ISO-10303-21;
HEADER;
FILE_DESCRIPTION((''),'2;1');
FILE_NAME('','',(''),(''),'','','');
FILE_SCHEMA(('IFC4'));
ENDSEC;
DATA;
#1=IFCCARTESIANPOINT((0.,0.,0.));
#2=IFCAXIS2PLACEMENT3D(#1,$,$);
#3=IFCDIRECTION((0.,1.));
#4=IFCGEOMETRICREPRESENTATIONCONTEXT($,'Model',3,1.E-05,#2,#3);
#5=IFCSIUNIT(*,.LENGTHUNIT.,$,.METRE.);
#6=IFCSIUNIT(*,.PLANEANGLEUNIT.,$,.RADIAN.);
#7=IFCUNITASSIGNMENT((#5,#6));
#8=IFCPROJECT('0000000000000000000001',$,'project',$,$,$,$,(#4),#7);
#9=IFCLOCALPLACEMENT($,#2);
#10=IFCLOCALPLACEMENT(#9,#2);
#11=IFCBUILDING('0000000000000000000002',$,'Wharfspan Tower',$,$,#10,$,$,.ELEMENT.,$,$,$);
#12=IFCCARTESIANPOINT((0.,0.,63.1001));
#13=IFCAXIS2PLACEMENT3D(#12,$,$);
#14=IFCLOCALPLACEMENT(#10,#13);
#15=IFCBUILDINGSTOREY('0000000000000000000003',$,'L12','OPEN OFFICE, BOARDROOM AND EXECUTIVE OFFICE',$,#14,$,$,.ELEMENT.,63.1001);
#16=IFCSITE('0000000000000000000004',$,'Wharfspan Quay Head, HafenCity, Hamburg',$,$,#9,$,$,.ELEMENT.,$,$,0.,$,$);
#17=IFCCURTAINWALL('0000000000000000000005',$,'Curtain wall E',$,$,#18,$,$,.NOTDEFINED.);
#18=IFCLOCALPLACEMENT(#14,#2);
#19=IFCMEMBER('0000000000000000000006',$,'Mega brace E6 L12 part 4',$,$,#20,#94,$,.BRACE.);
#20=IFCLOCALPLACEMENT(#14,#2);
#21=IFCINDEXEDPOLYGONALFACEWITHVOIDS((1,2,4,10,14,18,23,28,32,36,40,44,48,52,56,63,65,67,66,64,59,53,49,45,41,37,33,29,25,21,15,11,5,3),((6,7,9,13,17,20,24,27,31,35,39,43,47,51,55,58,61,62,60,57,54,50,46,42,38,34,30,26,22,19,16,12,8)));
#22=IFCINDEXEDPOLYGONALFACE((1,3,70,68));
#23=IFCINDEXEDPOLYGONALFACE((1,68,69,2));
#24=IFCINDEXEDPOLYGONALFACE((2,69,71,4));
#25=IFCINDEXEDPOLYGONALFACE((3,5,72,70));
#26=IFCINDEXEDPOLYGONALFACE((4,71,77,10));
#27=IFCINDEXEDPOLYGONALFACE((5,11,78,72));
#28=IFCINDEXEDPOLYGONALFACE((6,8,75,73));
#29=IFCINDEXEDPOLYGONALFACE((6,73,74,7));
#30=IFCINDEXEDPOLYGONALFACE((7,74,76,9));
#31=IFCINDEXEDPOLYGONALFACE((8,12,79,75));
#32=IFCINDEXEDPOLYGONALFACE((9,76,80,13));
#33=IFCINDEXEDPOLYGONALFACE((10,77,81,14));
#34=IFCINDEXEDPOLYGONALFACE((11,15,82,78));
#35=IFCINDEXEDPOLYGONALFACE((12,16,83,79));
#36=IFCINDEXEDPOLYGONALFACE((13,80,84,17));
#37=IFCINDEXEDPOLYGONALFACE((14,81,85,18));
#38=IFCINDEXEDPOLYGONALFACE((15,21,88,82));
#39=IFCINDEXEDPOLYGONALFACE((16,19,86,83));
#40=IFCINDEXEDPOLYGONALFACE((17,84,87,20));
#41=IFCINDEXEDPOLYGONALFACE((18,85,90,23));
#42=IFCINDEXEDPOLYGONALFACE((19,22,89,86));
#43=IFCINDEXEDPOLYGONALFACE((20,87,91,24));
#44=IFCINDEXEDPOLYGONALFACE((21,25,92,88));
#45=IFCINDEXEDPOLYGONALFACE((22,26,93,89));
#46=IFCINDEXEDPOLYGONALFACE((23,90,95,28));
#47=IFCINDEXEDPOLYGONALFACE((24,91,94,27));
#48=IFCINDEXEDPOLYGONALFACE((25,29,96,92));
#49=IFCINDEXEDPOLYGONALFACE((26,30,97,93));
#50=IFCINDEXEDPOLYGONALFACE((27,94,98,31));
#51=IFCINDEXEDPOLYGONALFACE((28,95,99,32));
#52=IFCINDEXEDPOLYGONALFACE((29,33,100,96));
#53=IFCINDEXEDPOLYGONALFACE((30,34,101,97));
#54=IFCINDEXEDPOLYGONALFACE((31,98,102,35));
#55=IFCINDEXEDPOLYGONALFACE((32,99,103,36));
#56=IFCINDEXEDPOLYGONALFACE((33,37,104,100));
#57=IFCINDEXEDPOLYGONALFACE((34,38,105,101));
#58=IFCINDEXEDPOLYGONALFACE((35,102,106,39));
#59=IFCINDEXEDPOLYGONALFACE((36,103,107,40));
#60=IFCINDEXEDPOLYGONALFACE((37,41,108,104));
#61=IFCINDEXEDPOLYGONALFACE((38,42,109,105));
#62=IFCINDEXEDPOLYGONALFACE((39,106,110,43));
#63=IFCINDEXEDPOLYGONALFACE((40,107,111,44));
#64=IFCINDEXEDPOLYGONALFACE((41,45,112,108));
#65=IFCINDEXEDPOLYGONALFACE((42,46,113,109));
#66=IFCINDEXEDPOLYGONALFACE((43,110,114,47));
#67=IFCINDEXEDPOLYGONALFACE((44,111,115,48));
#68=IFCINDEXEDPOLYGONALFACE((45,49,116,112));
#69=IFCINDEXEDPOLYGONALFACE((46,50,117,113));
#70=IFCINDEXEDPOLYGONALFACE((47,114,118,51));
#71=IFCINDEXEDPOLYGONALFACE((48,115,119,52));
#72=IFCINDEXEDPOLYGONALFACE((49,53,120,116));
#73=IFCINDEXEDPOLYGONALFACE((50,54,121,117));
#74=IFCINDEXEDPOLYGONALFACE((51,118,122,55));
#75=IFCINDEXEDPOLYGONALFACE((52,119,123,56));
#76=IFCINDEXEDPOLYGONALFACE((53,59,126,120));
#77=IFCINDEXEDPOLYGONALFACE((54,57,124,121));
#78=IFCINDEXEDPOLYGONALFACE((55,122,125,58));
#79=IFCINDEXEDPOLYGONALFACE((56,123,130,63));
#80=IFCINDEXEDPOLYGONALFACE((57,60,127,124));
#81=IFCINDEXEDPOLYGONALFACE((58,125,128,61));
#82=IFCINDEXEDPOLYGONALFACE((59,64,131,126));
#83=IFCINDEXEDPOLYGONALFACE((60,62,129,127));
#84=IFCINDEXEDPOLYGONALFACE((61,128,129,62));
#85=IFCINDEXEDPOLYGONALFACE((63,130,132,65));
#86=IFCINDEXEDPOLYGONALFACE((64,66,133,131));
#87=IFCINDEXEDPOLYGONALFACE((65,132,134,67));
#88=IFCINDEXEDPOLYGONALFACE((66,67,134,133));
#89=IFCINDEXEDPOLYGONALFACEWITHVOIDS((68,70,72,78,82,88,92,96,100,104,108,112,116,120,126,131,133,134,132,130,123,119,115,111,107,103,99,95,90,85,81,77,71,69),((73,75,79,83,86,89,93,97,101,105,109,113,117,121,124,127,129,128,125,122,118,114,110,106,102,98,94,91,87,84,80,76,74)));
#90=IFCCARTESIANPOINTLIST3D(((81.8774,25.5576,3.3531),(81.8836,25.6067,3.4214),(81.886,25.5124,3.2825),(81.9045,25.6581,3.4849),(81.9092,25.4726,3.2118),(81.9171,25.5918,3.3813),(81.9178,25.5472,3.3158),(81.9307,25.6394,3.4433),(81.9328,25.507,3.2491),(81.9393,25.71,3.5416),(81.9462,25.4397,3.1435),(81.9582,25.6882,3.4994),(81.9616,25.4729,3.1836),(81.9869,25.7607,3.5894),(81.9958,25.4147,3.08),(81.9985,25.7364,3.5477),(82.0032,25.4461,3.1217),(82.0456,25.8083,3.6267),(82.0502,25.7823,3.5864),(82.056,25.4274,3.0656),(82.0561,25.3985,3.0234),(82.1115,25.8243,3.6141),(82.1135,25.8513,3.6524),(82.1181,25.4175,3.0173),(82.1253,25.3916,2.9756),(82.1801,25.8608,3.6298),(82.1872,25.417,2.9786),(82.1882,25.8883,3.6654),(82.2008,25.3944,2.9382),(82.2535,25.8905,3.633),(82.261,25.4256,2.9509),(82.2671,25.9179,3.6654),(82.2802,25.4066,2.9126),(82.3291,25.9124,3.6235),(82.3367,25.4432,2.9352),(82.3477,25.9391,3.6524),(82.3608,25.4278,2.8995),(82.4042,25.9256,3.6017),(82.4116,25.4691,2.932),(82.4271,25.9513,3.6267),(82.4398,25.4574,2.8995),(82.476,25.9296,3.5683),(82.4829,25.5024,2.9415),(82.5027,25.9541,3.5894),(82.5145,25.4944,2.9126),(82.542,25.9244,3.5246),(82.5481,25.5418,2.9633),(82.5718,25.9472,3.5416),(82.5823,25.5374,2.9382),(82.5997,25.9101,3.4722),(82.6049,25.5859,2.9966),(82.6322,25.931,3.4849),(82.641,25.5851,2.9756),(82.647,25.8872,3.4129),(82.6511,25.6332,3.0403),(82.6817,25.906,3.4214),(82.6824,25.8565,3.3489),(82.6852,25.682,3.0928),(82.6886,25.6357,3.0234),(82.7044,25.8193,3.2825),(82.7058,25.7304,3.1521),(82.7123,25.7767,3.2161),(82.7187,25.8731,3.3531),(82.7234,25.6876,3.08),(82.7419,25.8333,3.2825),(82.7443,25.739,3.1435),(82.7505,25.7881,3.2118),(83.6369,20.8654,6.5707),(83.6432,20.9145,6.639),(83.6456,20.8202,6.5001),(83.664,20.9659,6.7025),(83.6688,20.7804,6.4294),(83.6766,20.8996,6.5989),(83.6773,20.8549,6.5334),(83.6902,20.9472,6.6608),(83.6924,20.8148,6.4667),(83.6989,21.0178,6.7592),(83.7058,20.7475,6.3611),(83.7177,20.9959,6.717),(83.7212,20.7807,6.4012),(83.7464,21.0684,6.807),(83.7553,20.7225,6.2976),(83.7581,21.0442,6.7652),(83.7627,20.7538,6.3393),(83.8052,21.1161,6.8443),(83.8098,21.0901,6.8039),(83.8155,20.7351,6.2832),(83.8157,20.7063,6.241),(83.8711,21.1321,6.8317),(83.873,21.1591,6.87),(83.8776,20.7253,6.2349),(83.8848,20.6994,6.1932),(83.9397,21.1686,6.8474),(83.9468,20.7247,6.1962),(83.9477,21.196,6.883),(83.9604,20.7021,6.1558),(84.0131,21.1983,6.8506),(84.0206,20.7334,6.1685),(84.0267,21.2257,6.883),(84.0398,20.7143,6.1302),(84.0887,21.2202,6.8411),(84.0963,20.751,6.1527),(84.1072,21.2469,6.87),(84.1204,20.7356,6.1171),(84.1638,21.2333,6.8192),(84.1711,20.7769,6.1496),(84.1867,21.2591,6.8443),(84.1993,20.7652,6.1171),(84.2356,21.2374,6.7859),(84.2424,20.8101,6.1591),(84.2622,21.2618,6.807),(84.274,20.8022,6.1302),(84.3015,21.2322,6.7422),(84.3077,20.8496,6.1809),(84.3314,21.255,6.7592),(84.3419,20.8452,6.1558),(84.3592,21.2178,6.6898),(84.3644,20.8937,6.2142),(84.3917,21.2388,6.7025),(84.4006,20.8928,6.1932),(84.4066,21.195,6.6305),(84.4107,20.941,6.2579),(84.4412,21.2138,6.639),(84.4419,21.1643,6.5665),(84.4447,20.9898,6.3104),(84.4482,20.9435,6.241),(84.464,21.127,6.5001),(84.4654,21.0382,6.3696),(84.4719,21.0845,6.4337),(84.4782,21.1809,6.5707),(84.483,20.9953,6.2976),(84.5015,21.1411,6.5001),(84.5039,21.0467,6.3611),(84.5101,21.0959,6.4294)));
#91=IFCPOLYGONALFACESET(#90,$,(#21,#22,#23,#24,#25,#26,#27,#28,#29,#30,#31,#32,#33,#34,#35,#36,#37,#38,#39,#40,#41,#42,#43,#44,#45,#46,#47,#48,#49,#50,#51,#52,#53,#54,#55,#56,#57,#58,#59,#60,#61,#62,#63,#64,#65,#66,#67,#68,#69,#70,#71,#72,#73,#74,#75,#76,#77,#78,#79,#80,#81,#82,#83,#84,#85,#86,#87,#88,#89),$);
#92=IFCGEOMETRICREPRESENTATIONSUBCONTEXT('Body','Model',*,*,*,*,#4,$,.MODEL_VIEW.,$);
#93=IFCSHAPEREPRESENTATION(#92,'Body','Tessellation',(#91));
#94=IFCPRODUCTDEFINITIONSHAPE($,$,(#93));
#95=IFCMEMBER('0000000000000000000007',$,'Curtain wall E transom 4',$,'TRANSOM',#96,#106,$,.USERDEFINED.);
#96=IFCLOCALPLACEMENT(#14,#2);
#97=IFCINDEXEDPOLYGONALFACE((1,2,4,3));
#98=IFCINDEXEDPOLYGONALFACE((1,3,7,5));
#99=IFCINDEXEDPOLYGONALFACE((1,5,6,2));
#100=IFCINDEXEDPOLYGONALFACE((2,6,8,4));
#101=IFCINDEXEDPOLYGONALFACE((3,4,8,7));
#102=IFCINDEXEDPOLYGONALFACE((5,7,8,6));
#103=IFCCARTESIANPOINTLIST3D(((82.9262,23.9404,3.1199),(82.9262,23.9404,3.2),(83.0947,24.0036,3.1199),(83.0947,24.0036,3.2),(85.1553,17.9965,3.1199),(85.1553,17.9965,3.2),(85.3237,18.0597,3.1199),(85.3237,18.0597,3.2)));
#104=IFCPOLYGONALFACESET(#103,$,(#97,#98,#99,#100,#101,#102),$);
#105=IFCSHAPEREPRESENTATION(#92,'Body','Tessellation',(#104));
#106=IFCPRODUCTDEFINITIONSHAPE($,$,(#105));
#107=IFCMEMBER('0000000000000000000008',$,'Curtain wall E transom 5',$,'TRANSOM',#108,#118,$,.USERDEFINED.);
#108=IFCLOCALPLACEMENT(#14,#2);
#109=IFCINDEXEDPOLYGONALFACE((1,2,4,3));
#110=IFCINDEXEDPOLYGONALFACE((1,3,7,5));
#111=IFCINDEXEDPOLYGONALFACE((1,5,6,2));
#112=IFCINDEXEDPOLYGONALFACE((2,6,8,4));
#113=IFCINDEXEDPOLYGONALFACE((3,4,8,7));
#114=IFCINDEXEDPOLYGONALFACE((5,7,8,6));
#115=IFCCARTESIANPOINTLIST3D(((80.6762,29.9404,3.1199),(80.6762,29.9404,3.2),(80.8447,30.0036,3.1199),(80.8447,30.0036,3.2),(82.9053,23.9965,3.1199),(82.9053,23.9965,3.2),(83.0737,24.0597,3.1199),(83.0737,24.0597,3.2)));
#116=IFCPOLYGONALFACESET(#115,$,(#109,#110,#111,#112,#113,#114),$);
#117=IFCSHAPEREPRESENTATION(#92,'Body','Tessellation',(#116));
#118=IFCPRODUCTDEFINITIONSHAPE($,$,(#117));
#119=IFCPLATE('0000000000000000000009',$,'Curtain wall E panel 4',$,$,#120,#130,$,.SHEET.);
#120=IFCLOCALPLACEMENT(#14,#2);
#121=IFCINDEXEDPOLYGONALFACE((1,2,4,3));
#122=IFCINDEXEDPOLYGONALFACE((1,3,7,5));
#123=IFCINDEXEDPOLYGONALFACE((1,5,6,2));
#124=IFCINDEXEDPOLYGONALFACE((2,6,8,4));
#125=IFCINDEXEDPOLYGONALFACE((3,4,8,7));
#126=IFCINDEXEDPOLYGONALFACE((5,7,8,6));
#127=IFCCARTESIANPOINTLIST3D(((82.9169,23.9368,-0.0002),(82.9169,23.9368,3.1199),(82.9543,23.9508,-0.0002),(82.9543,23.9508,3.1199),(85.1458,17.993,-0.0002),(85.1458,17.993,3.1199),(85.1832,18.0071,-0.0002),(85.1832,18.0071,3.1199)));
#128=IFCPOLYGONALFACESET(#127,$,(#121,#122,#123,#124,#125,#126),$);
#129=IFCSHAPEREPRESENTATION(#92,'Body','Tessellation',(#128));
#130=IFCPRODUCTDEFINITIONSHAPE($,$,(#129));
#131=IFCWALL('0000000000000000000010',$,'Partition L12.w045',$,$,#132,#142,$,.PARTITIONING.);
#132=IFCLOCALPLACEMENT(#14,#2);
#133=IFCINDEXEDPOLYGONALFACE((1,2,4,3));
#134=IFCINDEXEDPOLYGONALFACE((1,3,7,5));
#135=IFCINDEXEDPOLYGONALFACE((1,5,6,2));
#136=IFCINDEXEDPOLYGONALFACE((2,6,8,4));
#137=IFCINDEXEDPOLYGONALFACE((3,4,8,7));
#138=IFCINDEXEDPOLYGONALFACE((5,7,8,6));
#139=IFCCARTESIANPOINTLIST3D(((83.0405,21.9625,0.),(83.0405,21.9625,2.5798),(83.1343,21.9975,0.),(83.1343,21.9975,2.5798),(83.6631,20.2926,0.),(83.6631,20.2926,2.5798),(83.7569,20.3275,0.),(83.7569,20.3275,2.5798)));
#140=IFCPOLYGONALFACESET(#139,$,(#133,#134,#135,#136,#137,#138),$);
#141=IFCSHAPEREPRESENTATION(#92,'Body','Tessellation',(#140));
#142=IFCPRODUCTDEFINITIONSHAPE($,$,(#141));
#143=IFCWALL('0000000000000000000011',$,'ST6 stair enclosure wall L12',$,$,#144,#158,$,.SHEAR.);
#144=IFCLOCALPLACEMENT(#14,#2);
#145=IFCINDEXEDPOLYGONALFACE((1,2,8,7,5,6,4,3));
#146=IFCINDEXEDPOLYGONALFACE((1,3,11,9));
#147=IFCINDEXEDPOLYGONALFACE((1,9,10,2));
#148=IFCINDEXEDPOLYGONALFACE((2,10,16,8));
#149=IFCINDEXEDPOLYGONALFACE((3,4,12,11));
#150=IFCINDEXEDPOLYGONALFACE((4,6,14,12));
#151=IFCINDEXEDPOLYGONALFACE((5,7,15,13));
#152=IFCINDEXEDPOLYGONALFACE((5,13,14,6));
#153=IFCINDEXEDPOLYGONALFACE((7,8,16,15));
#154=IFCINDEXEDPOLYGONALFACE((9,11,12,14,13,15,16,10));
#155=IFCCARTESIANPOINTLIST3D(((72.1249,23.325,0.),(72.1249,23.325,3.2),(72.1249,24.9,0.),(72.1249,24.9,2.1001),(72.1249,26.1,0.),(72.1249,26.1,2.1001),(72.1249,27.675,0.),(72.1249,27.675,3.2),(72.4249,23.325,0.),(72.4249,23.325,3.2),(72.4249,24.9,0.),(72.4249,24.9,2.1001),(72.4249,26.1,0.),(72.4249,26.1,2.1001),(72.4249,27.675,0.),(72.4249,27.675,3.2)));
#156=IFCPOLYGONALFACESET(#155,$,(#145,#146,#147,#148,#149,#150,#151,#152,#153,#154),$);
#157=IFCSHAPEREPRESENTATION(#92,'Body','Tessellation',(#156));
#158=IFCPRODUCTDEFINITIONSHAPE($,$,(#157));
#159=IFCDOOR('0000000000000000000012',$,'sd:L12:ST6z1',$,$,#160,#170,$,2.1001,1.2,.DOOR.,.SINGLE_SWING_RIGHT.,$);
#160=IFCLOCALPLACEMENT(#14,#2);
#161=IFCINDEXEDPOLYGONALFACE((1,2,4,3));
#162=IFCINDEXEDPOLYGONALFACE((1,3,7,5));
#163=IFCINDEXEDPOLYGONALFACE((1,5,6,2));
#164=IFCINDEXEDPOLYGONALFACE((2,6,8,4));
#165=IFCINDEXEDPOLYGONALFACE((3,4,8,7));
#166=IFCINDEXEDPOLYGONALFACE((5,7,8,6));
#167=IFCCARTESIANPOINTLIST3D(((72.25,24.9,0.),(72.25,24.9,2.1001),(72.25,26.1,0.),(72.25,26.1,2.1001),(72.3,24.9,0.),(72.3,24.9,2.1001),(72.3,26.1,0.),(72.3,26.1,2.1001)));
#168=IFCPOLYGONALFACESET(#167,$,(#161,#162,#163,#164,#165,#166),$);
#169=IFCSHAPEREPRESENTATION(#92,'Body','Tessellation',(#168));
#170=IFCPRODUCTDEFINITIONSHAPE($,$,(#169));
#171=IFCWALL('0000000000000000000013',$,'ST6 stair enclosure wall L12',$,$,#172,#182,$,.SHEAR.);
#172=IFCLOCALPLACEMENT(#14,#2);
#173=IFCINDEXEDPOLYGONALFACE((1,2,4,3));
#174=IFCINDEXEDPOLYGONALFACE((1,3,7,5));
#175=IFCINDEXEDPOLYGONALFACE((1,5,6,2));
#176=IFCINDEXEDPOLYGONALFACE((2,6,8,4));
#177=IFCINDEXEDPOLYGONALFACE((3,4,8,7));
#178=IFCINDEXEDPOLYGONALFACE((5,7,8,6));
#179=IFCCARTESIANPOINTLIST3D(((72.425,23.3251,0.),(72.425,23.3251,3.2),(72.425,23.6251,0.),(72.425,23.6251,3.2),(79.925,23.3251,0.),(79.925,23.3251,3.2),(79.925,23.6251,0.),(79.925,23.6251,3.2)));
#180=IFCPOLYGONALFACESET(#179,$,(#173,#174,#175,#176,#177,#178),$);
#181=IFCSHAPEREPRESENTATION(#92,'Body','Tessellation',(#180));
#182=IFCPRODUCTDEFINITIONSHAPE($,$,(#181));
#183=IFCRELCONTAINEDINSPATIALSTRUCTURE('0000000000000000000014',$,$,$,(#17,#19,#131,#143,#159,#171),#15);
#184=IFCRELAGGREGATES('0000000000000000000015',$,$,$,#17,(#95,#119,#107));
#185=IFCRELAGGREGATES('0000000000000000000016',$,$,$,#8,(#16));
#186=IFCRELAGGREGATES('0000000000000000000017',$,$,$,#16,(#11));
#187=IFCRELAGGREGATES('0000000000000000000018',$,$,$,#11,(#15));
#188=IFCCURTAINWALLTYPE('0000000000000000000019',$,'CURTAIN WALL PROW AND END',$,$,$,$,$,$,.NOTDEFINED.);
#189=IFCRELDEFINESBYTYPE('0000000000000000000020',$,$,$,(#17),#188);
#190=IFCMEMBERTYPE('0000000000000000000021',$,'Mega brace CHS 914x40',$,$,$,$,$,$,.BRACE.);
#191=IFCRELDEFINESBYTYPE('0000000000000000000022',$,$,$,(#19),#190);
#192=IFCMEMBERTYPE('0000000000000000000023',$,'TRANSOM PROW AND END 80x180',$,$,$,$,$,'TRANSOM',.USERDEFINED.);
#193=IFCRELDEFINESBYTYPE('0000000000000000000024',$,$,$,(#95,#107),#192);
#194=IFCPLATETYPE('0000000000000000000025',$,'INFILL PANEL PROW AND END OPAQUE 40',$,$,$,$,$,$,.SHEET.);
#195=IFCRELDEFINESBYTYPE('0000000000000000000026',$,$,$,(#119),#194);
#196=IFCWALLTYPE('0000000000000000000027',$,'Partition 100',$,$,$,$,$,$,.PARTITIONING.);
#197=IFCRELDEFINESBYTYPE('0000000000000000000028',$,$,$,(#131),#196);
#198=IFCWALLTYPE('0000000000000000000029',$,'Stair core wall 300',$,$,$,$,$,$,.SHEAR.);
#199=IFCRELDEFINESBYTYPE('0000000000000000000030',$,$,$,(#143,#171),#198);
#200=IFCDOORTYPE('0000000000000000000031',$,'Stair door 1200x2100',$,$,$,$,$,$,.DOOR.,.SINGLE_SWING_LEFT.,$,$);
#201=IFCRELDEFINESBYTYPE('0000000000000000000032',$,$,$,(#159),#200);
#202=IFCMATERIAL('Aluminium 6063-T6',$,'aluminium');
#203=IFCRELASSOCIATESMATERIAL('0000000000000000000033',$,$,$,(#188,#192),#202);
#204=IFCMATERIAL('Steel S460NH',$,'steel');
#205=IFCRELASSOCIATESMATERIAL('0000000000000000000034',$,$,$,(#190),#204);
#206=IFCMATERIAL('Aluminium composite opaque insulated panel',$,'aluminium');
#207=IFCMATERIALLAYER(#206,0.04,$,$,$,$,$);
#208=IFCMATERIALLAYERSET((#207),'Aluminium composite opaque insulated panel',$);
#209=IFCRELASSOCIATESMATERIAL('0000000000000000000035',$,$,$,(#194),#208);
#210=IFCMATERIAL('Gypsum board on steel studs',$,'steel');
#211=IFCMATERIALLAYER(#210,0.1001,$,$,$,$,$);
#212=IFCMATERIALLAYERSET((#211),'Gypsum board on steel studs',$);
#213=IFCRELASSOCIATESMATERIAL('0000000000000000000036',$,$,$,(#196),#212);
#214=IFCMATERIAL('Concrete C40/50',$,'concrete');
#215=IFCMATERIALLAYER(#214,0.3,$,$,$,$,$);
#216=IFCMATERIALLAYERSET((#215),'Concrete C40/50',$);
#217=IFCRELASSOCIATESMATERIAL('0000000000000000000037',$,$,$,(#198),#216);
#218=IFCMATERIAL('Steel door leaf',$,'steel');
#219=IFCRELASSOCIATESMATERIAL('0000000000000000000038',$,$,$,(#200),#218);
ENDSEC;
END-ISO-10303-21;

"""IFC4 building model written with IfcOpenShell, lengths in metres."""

from ifc_helpers import new_model, si_unit, direction, frame, frame_2d, origin, origin_2d, place, context, subcontext, project, spatial, rectangle, hollow_circle, extrude, material, layer, layer_set, material_profile, profile_set, type_object, element, fill, aggregate, save


model = new_model("IFC4")

# Units and contexts
model_context = context("Model", 3, precision=1e-05, world=origin(), true_north=direction((0.0, 1.0)))
body_context = subcontext(model_context, "Body", "Model", "MODEL_VIEW")
ifc_project = project(units=[si_unit("LENGTHUNIT", "METRE"), si_unit("PLANEANGLEUNIT", "RADIAN")], contexts=[model_context])

# Site, building, storey
site_placement = place(None, origin())
site = spatial("IfcSite", under=ifc_project, at=site_placement, Name="Wharfspan Quay Head, HafenCity, Hamburg", CompositionType="ELEMENT", RefElevation=0.0)
building_placement = place(site_placement, origin())
building = spatial("IfcBuilding", under=site, at=building_placement, Name="Wharfspan Tower", CompositionType="ELEMENT")
storey_placement = place(building_placement, frame((0.0, 0.0, 63.1001)))
storey = spatial("IfcBuildingStorey", under=building, at=storey_placement, Name="L12", Description="OPEN OFFICE, BOARDROOM AND EXECUTIVE OFFICE", CompositionType="ELEMENT", Elevation=63.1001)

# Curtain wall
ifc_material_1 = material(Name="Aluminium 6063-T6", Category="aluminium")
curtain_wall_type = type_object("IfcCurtainWallType", Name="CURTAIN WALL PROW AND END", PredefinedType="NOTDEFINED", material=ifc_material_1)
curtain_wall_placement = place(storey_placement, origin())
curtain_wall = element("IfcCurtainWall", 1, at=curtain_wall_placement, inside=storey, type_object=curtain_wall_type, Name="Curtain wall E", PredefinedType="NOTDEFINED")

# Member
ifc_material_2 = material(Name="Steel S460NH", Category="steel")
ifc_material_profile_1 = material_profile(ifc_material_2, hollow_circle(Radius=0.457, WallThickness=0.04, at=origin_2d()))
ifc_profile_set_1 = profile_set([ifc_material_profile_1], Name="Steel S460NH")
member_type_1 = type_object("IfcMemberType", Name="Mega brace CHS 914x40", PredefinedType="BRACE", material=ifc_profile_set_1)
for number, where, z_axis, x_axis, name in (
    (2, (82.314, 25.6729, 3.2825), (0.295459, -0.787904, 0.540288), (0.936328, 0.351115, -0.000003), "Mega brace E6 L12 part 4"),
):
    element("IfcMember", number, at=place(storey_placement, frame(where, z_axis=z_axis, x_axis=x_axis)), inside=storey, type_object=member_type_1, Name=name, PredefinedType="BRACE", context=body_context, shape_type="SweptSolid", body=[
        extrude(hollow_circle(Radius=0.457, WallThickness=0.04, at=origin_2d()), origin(), (0.0, 0.0, 1.0), 5.9553),
    ])

# Members
ifc_material_profile_2 = material_profile(ifc_material_1, rectangle(XDim=0.1799, YDim=0.0801, at=origin_2d()))
ifc_profile_set_2 = profile_set([ifc_material_profile_2], Name="Aluminium 6063-T6")
member_type_2 = type_object("IfcMemberType", Name="TRANSOM PROW AND END 80x180", ElementType="TRANSOM", PredefinedType="USERDEFINED", material=ifc_profile_set_2)
member_1_placement = place(storey_placement, frame((85.2395, 18.0281, 3.1599), z_axis=(-0.351132, 0.936326, 0.0), x_axis=(-0.936326, -0.351132, 0.0)))
member_1 = element("IfcMember", 3, at=member_1_placement, type_object=member_type_2, Name="Curtain wall E transom 4", ObjectType="TRANSOM", PredefinedType="USERDEFINED", context=body_context, shape_type="SweptSolid", body=[
    extrude(rectangle(XDim=0.1799, YDim=0.0801, at=origin_2d()), origin(), (0.0, 0.0, 1.0), 6.3481),
])
member_2_placement = place(storey_placement, frame((82.9895, 24.0281, 3.1599), z_axis=(-0.351132, 0.936326, 0.0), x_axis=(-0.936326, -0.351132, 0.0)))
member_2 = element("IfcMember", 4, at=member_2_placement, type_object=member_type_2, Name="Curtain wall E transom 5", ObjectType="TRANSOM", PredefinedType="USERDEFINED", context=body_context, shape_type="SweptSolid", body=[
    extrude(rectangle(XDim=0.1799, YDim=0.0801, at=origin_2d()), origin(), (0.0, 0.0, 1.0), 6.3481),
])

# Plate
ifc_material_3 = material(Name="Aluminium composite opaque insulated panel", Category="aluminium")
ifc_layer_1 = layer(ifc_material_3, 0.04)
ifc_layer_set_1 = layer_set([ifc_layer_1], Name="Aluminium composite opaque insulated panel")
plate_type = type_object("IfcPlateType", Name="INFILL PANEL PROW AND END OPAQUE 40", PredefinedType="SHEET", material=ifc_layer_set_1)
plate_placement = place(storey_placement, frame((84.05, 20.9719, -0.0002), z_axis=(0.0, 0.0, 1.0), x_axis=(-0.351123, 0.936328, 0.0)))
plate = element("IfcPlate", 5, at=plate_placement, type_object=plate_type, Name="Curtain wall E panel 4", PredefinedType="SHEET", context=body_context, shape_type="SweptSolid", body=[
    extrude(rectangle(XDim=6.3479, YDim=0.04, at=origin_2d()), origin(), (0.0, 0.0, 1.0), 3.1201),
])
aggregate(curtain_wall, [member_1, plate, member_2])

# Wall
ifc_material_4 = material(Name="Gypsum board on steel studs", Category="steel")
ifc_layer_2 = layer(ifc_material_4, 0.1001)
ifc_layer_set_2 = layer_set([ifc_layer_2], Name="Gypsum board on steel studs")
wall_type_1 = type_object("IfcWallType", Name="Partition 100", PredefinedType="PARTITIONING", material=ifc_layer_set_2)
wall_1_placement = place(storey_placement, frame((83.71, 20.3101, 0.0), z_axis=(0.0, 0.0, 1.0), x_axis=(-0.349322, 0.937005, 0.0)))
element("IfcWall", 6, at=wall_1_placement, inside=storey, type_object=wall_type_1, Name="Partition L12.w045", PredefinedType="PARTITIONING", context=body_context, shape_type="SweptSolid", body=[
    extrude(rectangle(XDim=1.7822, YDim=0.1001, at=frame_2d((0.8911, 0.0))), origin(), (0.0, 0.0, 1.0), 2.5798),
])

# Wall, opening, door
ifc_material_5 = material(Name="Concrete C40/50", Category="concrete")
ifc_layer_3 = layer(ifc_material_5, 0.3)
ifc_layer_set_3 = layer_set([ifc_layer_3], Name="Concrete C40/50")
wall_type_2 = type_object("IfcWallType", Name="Stair core wall 300", PredefinedType="SHEAR", material=ifc_layer_set_3)
wall_2_placement = place(storey_placement, frame((72.2749, 23.325, 0.0), z_axis=(0.0, 0.0, 1.0), x_axis=(0.0, 1.0, 0.0)))
wall_2 = element("IfcWall", 7, at=wall_2_placement, inside=storey, type_object=wall_type_2, Name="ST6 stair enclosure wall L12", PredefinedType="SHEAR", context=body_context, shape_type="SweptSolid", body=[
    extrude(rectangle(XDim=4.3501, YDim=0.3, at=frame_2d((2.175, 0.0))), origin(), (0.0, 0.0, 1.0), 3.2),
])
opening_placement = place(wall_2_placement, frame((1.575, 0.0, 0.0)))
opening = element("IfcOpeningElement", 8, at=opening_placement, cuts=wall_2, PredefinedType="OPENING", context=body_context, shape_type="SweptSolid", body=[
    extrude(rectangle(XDim=1.2, YDim=2.1001, at=frame_2d((0.6001, 1.05))), frame((0.0, 0.1599, 0.0), z_axis=(0.0, -1.0, 0.0), x_axis=(1.0, 0.0, 0.0)), (0.0, 0.0, 1.0), 0.3201),
])
ifc_material_6 = material(Name="Steel door leaf", Category="steel")
door_type = type_object("IfcDoorType", Name="Stair door 1200x2100", OperationType="SINGLE_SWING_LEFT", PredefinedType="DOOR", material=ifc_material_6)
door_placement = place(opening_placement, origin())
door = element("IfcDoor", 9, at=door_placement, inside=storey, type_object=door_type, Name="sd:L12:ST6z1", OperationType="SINGLE_SWING_RIGHT", OverallHeight=2.1001, OverallWidth=1.2, PredefinedType="DOOR", context=body_context, shape_type="SweptSolid", body=[
    extrude(rectangle(XDim=1.2, YDim=2.1001, at=frame_2d((0.6001, 1.05))), frame((0.0, 0.0249, 0.0), z_axis=(0.0, -1.0, 0.0), x_axis=(1.0, 0.0, 0.0)), (0.0, 0.0, 1.0), 0.05),
])
fill(opening, door)

# Wall
wall_3_placement = place(storey_placement, frame((72.425, 23.4751, 0.0), z_axis=(0.0, 0.0, 1.0), x_axis=(1.0, 0.0, 0.0)))
element("IfcWall", 10, at=wall_3_placement, inside=storey, type_object=wall_type_2, Name="ST6 stair enclosure wall L12", PredefinedType="SHEAR", context=body_context, shape_type="SweptSolid", body=[
    extrude(rectangle(XDim=7.5, YDim=0.3, at=frame_2d((3.75, 0.0))), origin(), (0.0, 0.0, 1.0), 3.2),
])

save(model, "model.ifc")
